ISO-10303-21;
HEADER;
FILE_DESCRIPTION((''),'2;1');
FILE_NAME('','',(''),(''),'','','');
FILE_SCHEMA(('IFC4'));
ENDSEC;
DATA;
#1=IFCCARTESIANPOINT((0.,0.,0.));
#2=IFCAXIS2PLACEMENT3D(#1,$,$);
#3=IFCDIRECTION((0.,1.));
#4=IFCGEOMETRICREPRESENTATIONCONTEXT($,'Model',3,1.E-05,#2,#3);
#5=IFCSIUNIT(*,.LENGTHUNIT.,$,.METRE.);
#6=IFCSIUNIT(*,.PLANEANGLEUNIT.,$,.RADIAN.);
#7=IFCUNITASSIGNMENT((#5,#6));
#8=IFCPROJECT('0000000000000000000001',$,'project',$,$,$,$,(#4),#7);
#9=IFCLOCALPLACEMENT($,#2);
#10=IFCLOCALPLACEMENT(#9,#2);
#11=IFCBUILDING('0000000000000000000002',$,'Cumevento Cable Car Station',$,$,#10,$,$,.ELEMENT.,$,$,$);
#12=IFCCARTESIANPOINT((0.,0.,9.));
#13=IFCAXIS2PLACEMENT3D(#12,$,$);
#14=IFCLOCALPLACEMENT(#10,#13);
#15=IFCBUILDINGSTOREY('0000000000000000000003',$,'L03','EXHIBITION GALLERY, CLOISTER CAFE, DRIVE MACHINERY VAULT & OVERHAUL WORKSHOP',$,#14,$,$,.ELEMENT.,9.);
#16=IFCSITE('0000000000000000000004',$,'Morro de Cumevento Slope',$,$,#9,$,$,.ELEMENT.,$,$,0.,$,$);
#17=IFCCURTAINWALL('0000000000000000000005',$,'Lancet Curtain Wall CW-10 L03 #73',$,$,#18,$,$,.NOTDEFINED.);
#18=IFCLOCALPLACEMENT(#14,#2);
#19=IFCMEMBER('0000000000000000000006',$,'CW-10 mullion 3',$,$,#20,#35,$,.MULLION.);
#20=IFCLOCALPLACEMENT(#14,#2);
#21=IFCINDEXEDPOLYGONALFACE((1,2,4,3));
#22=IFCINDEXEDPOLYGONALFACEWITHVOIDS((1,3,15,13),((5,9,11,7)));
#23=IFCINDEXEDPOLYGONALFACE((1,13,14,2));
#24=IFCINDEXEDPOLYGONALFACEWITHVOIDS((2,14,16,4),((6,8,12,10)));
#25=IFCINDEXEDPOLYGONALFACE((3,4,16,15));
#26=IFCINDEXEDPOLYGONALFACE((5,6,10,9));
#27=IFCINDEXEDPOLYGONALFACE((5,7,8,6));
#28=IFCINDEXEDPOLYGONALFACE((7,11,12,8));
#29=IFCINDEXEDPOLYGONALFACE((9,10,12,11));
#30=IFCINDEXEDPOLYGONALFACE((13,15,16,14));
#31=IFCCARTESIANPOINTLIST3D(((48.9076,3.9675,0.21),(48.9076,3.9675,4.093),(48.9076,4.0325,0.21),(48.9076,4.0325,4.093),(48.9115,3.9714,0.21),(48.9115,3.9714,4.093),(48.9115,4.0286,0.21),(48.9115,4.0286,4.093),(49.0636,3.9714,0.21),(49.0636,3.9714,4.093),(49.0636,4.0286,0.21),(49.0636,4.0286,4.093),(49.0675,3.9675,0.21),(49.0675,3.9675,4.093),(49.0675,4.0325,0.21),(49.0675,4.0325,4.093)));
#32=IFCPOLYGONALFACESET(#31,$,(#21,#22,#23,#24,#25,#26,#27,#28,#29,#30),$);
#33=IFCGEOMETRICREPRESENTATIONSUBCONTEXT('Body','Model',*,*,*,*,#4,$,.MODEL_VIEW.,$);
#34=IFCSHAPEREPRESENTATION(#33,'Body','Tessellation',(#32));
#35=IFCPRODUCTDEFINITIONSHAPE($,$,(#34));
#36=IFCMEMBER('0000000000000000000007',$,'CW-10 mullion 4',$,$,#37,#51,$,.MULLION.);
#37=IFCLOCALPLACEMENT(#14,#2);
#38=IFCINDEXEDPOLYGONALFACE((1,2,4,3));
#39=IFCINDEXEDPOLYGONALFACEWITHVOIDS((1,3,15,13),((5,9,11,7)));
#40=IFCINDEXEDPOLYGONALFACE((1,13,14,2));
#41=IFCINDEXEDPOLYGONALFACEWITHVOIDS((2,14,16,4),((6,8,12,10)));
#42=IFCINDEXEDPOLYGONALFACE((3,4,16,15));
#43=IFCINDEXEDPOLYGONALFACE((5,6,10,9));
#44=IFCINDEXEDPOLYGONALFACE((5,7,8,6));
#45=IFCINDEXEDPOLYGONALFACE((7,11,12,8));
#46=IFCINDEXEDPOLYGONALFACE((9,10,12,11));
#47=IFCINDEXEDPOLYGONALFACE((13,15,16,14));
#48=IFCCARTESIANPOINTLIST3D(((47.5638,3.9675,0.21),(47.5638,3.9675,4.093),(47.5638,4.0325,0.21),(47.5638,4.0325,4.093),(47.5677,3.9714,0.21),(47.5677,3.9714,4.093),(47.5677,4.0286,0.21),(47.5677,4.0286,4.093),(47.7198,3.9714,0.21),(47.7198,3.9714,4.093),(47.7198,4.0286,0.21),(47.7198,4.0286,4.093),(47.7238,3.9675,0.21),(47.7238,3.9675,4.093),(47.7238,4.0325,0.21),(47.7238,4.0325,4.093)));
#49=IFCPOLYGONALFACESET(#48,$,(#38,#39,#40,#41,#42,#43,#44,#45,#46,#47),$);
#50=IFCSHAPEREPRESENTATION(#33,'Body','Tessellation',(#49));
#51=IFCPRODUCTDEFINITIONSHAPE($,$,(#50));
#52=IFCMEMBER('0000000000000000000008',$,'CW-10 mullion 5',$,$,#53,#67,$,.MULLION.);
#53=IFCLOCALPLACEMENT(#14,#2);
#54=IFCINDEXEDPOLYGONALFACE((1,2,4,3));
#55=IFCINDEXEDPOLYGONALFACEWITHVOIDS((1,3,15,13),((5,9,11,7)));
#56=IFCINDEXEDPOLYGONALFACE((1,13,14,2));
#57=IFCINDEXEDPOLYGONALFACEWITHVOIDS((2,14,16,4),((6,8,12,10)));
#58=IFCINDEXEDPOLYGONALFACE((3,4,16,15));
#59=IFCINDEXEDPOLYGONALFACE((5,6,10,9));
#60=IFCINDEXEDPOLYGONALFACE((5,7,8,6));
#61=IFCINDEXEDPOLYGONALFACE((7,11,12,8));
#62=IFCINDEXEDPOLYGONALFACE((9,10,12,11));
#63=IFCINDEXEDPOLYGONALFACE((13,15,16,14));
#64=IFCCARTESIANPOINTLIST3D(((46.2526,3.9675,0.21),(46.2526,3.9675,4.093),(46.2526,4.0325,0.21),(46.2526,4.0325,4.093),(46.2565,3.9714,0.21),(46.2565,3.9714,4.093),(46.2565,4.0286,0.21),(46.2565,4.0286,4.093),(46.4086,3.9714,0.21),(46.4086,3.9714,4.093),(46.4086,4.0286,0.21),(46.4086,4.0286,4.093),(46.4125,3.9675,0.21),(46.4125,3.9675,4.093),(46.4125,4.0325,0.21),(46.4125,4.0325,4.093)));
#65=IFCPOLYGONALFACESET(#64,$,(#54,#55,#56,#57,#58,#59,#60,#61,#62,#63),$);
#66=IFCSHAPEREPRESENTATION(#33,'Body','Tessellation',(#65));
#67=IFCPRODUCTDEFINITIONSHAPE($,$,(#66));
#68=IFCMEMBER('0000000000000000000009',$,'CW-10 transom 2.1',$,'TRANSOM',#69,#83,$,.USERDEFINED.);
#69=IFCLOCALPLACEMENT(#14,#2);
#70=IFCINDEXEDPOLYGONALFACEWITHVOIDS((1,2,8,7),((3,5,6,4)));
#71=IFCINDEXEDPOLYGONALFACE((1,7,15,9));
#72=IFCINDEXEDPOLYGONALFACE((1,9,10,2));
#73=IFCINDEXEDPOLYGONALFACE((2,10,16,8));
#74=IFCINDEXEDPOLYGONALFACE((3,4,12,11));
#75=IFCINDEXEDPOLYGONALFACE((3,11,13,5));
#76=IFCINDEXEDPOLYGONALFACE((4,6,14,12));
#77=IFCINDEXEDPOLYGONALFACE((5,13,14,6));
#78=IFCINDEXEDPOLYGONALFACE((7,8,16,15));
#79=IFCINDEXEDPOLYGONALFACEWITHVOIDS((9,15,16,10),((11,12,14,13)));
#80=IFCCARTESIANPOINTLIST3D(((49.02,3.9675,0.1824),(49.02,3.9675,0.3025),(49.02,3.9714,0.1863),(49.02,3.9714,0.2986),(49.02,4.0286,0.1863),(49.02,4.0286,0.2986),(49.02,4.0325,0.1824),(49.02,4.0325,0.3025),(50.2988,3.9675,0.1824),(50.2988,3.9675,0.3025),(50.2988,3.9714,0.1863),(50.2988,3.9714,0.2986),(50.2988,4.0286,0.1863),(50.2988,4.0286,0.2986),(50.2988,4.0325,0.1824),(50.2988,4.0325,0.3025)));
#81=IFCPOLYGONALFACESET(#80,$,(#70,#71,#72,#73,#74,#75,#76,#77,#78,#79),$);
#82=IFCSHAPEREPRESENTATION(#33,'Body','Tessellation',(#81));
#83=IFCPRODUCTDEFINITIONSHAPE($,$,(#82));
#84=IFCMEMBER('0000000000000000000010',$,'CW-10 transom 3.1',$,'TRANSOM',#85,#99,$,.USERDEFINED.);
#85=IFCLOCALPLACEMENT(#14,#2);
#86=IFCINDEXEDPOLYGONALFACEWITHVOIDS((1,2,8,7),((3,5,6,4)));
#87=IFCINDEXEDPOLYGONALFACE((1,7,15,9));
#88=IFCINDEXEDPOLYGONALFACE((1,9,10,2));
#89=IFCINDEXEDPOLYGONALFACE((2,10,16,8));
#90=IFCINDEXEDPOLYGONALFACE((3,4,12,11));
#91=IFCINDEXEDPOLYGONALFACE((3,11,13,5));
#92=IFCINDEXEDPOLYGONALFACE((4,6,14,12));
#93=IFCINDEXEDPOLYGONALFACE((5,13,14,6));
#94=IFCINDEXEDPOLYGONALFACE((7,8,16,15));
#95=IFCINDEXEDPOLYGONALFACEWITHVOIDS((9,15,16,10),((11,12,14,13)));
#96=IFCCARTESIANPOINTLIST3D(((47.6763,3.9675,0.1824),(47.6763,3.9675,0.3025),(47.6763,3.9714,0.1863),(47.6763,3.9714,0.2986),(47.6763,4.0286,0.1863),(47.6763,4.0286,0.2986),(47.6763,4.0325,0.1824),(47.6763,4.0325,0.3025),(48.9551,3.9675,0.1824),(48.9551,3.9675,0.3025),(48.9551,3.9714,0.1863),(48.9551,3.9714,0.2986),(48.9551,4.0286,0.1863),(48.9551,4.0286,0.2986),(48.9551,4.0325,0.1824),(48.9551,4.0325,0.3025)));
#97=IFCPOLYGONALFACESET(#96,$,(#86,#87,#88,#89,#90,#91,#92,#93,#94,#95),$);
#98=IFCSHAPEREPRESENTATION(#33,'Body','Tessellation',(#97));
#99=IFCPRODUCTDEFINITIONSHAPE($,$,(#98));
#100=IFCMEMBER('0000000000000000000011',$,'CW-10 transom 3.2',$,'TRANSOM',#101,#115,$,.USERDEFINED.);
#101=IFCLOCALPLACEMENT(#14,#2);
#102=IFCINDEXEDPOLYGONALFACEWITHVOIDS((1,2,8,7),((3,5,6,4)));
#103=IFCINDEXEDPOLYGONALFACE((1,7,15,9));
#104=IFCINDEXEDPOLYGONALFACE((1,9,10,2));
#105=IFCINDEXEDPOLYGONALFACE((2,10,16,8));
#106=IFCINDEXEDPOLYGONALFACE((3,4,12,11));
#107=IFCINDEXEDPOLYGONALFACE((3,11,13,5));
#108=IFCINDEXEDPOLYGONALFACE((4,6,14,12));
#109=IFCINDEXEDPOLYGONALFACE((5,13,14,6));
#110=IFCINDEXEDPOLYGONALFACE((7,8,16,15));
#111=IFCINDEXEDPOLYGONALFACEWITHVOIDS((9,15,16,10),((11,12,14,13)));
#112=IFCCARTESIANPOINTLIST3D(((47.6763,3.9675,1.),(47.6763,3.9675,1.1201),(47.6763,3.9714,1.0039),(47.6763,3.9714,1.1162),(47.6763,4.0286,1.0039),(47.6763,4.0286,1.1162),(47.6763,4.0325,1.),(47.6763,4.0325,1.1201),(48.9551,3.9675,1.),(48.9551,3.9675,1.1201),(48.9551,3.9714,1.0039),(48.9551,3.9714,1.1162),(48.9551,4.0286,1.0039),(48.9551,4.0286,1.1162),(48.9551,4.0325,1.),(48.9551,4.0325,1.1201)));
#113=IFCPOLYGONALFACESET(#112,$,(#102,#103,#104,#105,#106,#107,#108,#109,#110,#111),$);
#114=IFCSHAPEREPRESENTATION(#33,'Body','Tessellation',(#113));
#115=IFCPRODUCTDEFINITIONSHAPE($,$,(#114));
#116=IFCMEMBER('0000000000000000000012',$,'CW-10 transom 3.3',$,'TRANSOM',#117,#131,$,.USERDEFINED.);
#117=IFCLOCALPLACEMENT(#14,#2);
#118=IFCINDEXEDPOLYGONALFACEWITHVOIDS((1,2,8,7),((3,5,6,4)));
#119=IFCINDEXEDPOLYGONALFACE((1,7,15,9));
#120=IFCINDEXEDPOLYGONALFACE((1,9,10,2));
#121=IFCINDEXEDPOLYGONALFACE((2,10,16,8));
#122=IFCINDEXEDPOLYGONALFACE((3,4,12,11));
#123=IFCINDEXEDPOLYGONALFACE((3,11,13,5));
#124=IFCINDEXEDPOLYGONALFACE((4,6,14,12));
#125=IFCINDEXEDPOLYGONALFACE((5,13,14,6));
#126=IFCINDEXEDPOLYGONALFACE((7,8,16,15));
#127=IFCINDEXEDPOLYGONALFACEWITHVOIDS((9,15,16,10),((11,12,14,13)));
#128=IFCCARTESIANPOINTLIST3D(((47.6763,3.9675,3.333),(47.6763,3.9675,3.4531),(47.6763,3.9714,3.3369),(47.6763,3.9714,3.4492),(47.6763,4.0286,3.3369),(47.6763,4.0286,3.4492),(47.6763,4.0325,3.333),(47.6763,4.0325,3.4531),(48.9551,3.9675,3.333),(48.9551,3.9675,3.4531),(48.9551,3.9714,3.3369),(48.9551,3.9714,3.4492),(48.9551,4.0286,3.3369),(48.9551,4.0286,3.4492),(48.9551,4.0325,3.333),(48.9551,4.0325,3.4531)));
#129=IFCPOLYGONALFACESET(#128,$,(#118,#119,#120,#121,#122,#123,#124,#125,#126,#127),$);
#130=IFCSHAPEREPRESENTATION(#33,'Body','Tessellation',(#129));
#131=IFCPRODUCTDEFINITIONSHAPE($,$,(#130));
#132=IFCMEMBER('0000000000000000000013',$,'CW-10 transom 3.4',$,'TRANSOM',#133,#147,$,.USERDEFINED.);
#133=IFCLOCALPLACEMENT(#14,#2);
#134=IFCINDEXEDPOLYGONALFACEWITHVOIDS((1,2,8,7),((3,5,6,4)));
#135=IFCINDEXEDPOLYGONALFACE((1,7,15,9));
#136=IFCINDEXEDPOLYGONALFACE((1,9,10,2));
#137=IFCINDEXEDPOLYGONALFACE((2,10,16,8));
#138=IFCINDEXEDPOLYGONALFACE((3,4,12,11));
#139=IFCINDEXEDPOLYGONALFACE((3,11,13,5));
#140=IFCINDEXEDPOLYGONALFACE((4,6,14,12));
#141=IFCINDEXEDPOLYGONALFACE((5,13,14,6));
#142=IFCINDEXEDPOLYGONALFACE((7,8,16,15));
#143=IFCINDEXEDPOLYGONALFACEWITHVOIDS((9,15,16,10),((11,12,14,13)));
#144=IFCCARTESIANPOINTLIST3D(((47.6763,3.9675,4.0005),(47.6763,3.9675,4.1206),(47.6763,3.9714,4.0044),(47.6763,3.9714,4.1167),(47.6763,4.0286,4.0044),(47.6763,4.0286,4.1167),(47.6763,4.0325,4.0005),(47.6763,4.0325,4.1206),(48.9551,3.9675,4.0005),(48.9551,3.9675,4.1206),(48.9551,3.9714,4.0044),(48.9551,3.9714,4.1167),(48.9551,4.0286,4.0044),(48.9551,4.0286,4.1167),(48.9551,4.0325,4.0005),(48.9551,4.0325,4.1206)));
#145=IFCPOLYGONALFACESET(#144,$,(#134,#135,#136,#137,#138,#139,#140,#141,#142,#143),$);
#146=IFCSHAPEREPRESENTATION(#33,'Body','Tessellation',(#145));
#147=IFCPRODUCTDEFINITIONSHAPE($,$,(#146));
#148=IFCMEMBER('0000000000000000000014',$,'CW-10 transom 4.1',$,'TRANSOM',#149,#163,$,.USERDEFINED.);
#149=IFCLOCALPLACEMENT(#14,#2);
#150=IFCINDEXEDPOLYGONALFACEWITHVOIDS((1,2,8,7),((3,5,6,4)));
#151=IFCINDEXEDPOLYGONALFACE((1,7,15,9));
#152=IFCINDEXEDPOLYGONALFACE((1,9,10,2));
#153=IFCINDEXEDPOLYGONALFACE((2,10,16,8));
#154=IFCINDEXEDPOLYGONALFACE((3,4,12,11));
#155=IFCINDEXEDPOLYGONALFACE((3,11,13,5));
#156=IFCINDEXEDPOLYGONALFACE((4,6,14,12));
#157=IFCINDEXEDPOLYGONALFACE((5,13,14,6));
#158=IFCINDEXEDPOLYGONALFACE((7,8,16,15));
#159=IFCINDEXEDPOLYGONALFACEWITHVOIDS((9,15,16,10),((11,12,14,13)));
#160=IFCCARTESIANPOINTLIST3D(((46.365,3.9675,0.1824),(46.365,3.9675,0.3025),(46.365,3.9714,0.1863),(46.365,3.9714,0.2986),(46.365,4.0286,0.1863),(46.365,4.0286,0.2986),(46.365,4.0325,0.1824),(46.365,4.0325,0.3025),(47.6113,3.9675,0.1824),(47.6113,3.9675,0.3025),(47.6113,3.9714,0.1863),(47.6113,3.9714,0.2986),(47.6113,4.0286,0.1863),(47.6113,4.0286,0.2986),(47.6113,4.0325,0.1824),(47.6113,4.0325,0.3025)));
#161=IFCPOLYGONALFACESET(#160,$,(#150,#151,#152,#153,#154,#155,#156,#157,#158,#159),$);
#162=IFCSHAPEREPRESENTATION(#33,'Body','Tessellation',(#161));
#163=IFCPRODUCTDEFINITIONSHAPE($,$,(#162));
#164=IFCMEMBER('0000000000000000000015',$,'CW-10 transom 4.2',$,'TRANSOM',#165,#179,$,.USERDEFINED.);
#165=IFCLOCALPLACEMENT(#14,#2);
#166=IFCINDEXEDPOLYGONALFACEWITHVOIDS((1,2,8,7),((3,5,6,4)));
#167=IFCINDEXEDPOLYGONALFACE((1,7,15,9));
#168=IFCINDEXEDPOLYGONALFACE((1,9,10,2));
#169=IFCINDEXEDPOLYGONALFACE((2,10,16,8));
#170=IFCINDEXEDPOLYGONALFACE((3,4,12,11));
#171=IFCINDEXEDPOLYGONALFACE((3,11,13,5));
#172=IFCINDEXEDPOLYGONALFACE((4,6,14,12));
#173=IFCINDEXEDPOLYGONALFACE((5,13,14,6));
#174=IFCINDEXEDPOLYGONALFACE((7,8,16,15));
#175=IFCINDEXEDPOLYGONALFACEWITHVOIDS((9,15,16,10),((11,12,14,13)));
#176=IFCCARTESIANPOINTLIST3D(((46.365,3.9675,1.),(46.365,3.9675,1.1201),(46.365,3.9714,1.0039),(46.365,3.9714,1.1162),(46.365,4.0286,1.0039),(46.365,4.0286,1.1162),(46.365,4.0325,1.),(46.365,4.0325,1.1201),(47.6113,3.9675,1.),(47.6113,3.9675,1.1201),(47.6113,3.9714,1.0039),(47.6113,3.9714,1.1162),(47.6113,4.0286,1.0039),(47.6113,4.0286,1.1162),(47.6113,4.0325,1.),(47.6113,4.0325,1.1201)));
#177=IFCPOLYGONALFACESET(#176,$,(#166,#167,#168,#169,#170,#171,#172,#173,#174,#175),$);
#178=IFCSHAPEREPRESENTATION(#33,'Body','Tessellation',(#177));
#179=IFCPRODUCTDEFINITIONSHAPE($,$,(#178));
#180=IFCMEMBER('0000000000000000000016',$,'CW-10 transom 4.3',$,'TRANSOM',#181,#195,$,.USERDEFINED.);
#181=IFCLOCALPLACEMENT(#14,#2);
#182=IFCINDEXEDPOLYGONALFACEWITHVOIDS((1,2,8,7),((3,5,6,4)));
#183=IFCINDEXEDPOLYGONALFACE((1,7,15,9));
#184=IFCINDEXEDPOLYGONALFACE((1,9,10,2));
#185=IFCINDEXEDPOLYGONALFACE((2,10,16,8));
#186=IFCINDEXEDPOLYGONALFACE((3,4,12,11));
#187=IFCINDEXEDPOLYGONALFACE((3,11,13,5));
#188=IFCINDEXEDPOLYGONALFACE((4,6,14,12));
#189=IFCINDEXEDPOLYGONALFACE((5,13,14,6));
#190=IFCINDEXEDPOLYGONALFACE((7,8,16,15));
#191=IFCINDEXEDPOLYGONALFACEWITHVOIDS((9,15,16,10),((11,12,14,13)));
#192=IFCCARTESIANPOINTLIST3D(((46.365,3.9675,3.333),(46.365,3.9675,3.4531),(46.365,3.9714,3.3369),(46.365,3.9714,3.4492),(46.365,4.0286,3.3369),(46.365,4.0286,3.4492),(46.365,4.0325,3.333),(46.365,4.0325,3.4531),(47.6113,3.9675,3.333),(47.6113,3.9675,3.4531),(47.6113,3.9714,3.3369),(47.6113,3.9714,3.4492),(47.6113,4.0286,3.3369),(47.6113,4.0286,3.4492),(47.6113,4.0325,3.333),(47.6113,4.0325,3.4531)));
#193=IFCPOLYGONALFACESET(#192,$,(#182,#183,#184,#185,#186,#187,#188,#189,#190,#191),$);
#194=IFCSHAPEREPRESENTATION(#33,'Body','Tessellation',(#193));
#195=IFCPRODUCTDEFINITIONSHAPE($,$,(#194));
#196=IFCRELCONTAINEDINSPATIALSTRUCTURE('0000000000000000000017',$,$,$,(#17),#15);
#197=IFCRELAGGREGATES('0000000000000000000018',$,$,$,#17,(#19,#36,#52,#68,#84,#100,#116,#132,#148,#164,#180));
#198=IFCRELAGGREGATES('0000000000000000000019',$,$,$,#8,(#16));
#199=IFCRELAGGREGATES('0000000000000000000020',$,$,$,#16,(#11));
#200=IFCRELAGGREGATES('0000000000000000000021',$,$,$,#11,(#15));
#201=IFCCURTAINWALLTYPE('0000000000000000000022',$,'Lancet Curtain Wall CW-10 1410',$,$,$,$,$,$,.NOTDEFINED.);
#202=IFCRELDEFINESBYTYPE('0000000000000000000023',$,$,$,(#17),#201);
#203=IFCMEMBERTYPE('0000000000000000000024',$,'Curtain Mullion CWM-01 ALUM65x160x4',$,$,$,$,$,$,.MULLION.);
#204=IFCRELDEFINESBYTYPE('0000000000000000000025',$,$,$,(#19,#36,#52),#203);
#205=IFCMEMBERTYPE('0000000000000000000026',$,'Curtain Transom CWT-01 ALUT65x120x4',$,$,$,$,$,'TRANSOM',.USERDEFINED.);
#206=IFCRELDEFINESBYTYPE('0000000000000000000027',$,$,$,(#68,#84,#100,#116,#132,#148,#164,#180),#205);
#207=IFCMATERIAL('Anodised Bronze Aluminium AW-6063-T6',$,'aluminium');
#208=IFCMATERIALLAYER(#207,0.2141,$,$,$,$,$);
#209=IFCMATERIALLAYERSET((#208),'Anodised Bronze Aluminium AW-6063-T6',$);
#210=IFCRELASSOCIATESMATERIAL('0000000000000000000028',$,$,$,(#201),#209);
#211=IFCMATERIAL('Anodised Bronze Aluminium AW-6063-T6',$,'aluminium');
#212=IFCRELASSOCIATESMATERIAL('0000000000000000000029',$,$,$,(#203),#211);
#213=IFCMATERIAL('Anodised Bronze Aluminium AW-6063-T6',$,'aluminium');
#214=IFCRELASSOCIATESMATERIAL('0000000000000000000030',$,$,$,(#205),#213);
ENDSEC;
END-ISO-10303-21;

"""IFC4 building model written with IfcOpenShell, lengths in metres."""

from ifc_helpers import new_model, si_unit, direction, frame, origin, origin_2d, place, context, subcontext, project, spatial, hollow_rectangle, extrude, material, layer, layer_set, material_profile, profile_set, type_object, element, aggregate, save


model = new_model("IFC4")

# Units and contexts
model_context = context("Model", 3, precision=1e-05, world=origin(), true_north=direction((0.0, 1.0)))
body_context = subcontext(model_context, "Body", "Model", "MODEL_VIEW")
ifc_project = project(units=[si_unit("LENGTHUNIT", "METRE"), si_unit("PLANEANGLEUNIT", "RADIAN")], contexts=[model_context])

# Site, building, storey
site_placement = place(None, origin())
site = spatial("IfcSite", under=ifc_project, at=site_placement, Name="Morro de Cumevento Slope", CompositionType="ELEMENT", RefElevation=0.0)
building_placement = place(site_placement, origin())
building = spatial("IfcBuilding", under=site, at=building_placement, Name="Cumevento Cable Car Station", CompositionType="ELEMENT")
storey_placement = place(building_placement, frame((0.0, 0.0, 9.0)))
storey = spatial("IfcBuildingStorey", under=building, at=storey_placement, Name="L03", Description="EXHIBITION GALLERY, CLOISTER CAFE, DRIVE MACHINERY VAULT & OVERHAUL WORKSHOP", CompositionType="ELEMENT", Elevation=9.0)

# Curtain wall, members
ifc_material_1 = material(Name="Anodised Bronze Aluminium AW-6063-T6", Category="aluminium")
ifc_layer_1 = layer(ifc_material_1, 0.2141)
ifc_layer_set_1 = layer_set([ifc_layer_1], Name="Anodised Bronze Aluminium AW-6063-T6")
curtain_wall_type = type_object("IfcCurtainWallType", Name="Lancet Curtain Wall CW-10 1410", PredefinedType="NOTDEFINED", material=ifc_layer_set_1)
curtain_wall_placement = place(storey_placement, origin())
curtain_wall = element("IfcCurtainWall", 1, at=curtain_wall_placement, inside=storey, type_object=curtain_wall_type, Name="Lancet Curtain Wall CW-10 L03 #73", PredefinedType="NOTDEFINED")
ifc_material_2 = material(Name="Anodised Bronze Aluminium AW-6063-T6", Category="aluminium")
ifc_material_profile_1 = material_profile(ifc_material_2, hollow_rectangle(XDim=0.0649, YDim=0.1599, WallThickness=0.0039, at=origin_2d()), Name="ALUM65x160x4")
ifc_profile_set_1 = profile_set([ifc_material_profile_1], Name="Anodised Bronze Aluminium AW-6063-T6")
member_type_1 = type_object("IfcMemberType", Name="Curtain Mullion CWM-01 ALUM65x160x4", PredefinedType="MULLION", material=ifc_profile_set_1)
member_1_placement = place(storey_placement, frame((48.9875, 4.0, 0.21), z_axis=(0.0, 0.0, 1.0), x_axis=(0.0, -1.0, 0.0)))
member_1 = element("IfcMember", 2, at=member_1_placement, type_object=member_type_1, Name="CW-10 mullion 3", PredefinedType="MULLION", context=body_context, shape_type="SweptSolid", body=[
    extrude(hollow_rectangle(XDim=0.0649, YDim=0.1599, WallThickness=0.0039, at=origin_2d()), origin(), (0.0, 0.0, 1.0), 3.8831),
])
member_2_placement = place(storey_placement, frame((47.6438, 4.0, 0.21), z_axis=(0.0, 0.0, 1.0), x_axis=(0.0, -1.0, 0.0)))
member_2 = element("IfcMember", 3, at=member_2_placement, type_object=member_type_1, Name="CW-10 mullion 4", PredefinedType="MULLION", context=body_context, shape_type="SweptSolid", body=[
    extrude(hollow_rectangle(XDim=0.0649, YDim=0.1599, WallThickness=0.0039, at=origin_2d()), origin(), (0.0, 0.0, 1.0), 3.8831),
])
member_3_placement = place(storey_placement, frame((46.3325, 4.0, 0.21), z_axis=(0.0, 0.0, 1.0), x_axis=(0.0, -1.0, 0.0)))
member_3 = element("IfcMember", 4, at=member_3_placement, type_object=member_type_1, Name="CW-10 mullion 5", PredefinedType="MULLION", context=body_context, shape_type="SweptSolid", body=[
    extrude(hollow_rectangle(XDim=0.0649, YDim=0.1599, WallThickness=0.0039, at=origin_2d()), origin(), (0.0, 0.0, 1.0), 3.8831),
])
ifc_material_3 = material(Name="Anodised Bronze Aluminium AW-6063-T6", Category="aluminium")
ifc_material_profile_2 = material_profile(ifc_material_3, hollow_rectangle(XDim=0.0649, YDim=0.1201, WallThickness=0.0039, at=origin_2d()), Name="ALUT65x120x4")
ifc_profile_set_2 = profile_set([ifc_material_profile_2], Name="Anodised Bronze Aluminium AW-6063-T6")
member_type_2 = type_object("IfcMemberType", Name="Curtain Transom CWT-01 ALUT65x120x4", ElementType="TRANSOM", PredefinedType="USERDEFINED", material=ifc_profile_set_2)
member_4_placement = place(storey_placement, frame((50.2988, 4.0, 0.2424), z_axis=(-1.0, 0.0, 0.0), x_axis=(0.0, -1.0, 0.0)))
member_4 = element("IfcMember", 5, at=member_4_placement, type_object=member_type_2, Name="CW-10 transom 2.1", ObjectType="TRANSOM", PredefinedType="USERDEFINED", context=body_context, shape_type="SweptSolid", body=[
    extrude(hollow_rectangle(XDim=0.0649, YDim=0.1201, WallThickness=0.0039, at=origin_2d()), origin(), (0.0, 0.0, 1.0), 1.2788),
])
member_5_placement = place(storey_placement, frame((48.9551, 4.0, 0.2424), z_axis=(-1.0, 0.0, 0.0), x_axis=(0.0, -1.0, 0.0)))
member_5 = element("IfcMember", 6, at=member_5_placement, type_object=member_type_2, Name="CW-10 transom 3.1", ObjectType="TRANSOM", PredefinedType="USERDEFINED", context=body_context, shape_type="SweptSolid", body=[
    extrude(hollow_rectangle(XDim=0.0649, YDim=0.1201, WallThickness=0.0039, at=origin_2d()), origin(), (0.0, 0.0, 1.0), 1.2788),
])
member_6_placement = place(storey_placement, frame((48.9551, 4.0, 1.0601), z_axis=(-1.0, 0.0, 0.0), x_axis=(0.0, -1.0, 0.0)))
member_6 = element("IfcMember", 7, at=member_6_placement, type_object=member_type_2, Name="CW-10 transom 3.2", ObjectType="TRANSOM", PredefinedType="USERDEFINED", context=body_context, shape_type="SweptSolid", body=[
    extrude(hollow_rectangle(XDim=0.0649, YDim=0.1201, WallThickness=0.0039, at=origin_2d()), origin(), (0.0, 0.0, 1.0), 1.2788),
])
member_7_placement = place(storey_placement, frame((48.9551, 4.0, 3.3931), z_axis=(-1.0, 0.0, 0.0), x_axis=(0.0, -1.0, 0.0)))
member_7 = element("IfcMember", 8, at=member_7_placement, type_object=member_type_2, Name="CW-10 transom 3.3", ObjectType="TRANSOM", PredefinedType="USERDEFINED", context=body_context, shape_type="SweptSolid", body=[
    extrude(hollow_rectangle(XDim=0.0649, YDim=0.1201, WallThickness=0.0039, at=origin_2d()), origin(), (0.0, 0.0, 1.0), 1.2788),
])
member_8_placement = place(storey_placement, frame((48.9551, 4.0, 4.0605), z_axis=(-1.0, 0.0, 0.0), x_axis=(0.0, -1.0, 0.0)))
member_8 = element("IfcMember", 9, at=member_8_placement, type_object=member_type_2, Name="CW-10 transom 3.4", ObjectType="TRANSOM", PredefinedType="USERDEFINED", context=body_context, shape_type="SweptSolid", body=[
    extrude(hollow_rectangle(XDim=0.0649, YDim=0.1201, WallThickness=0.0039, at=origin_2d()), origin(), (0.0, 0.0, 1.0), 1.2788),
])
member_9_placement = place(storey_placement, frame((47.6113, 4.0, 0.2424), z_axis=(-1.0, 0.0, 0.0), x_axis=(0.0, -1.0, 0.0)))
member_9 = element("IfcMember", 10, at=member_9_placement, type_object=member_type_2, Name="CW-10 transom 4.1", ObjectType="TRANSOM", PredefinedType="USERDEFINED", context=body_context, shape_type="SweptSolid", body=[
    extrude(hollow_rectangle(XDim=0.0649, YDim=0.1201, WallThickness=0.0039, at=origin_2d()), origin(), (0.0, 0.0, 1.0), 1.2463),
])
member_10_placement = place(storey_placement, frame((47.6113, 4.0, 1.0601), z_axis=(-1.0, 0.0, 0.0), x_axis=(0.0, -1.0, 0.0)))
member_10 = element("IfcMember", 11, at=member_10_placement, type_object=member_type_2, Name="CW-10 transom 4.2", ObjectType="TRANSOM", PredefinedType="USERDEFINED", context=body_context, shape_type="SweptSolid", body=[
    extrude(hollow_rectangle(XDim=0.0649, YDim=0.1201, WallThickness=0.0039, at=origin_2d()), origin(), (0.0, 0.0, 1.0), 1.2463),
])
member_11_placement = place(storey_placement, frame((47.6113, 4.0, 3.3931), z_axis=(-1.0, 0.0, 0.0), x_axis=(0.0, -1.0, 0.0)))
member_11 = element("IfcMember", 12, at=member_11_placement, type_object=member_type_2, Name="CW-10 transom 4.3", ObjectType="TRANSOM", PredefinedType="USERDEFINED", context=body_context, shape_type="SweptSolid", body=[
    extrude(hollow_rectangle(XDim=0.0649, YDim=0.1201, WallThickness=0.0039, at=origin_2d()), origin(), (0.0, 0.0, 1.0), 1.2463),
])
aggregate(curtain_wall, [member_1, member_2, member_3, member_4, member_5, member_6, member_7, member_8, member_9, member_10, member_11])

save(model, "model.ifc")
